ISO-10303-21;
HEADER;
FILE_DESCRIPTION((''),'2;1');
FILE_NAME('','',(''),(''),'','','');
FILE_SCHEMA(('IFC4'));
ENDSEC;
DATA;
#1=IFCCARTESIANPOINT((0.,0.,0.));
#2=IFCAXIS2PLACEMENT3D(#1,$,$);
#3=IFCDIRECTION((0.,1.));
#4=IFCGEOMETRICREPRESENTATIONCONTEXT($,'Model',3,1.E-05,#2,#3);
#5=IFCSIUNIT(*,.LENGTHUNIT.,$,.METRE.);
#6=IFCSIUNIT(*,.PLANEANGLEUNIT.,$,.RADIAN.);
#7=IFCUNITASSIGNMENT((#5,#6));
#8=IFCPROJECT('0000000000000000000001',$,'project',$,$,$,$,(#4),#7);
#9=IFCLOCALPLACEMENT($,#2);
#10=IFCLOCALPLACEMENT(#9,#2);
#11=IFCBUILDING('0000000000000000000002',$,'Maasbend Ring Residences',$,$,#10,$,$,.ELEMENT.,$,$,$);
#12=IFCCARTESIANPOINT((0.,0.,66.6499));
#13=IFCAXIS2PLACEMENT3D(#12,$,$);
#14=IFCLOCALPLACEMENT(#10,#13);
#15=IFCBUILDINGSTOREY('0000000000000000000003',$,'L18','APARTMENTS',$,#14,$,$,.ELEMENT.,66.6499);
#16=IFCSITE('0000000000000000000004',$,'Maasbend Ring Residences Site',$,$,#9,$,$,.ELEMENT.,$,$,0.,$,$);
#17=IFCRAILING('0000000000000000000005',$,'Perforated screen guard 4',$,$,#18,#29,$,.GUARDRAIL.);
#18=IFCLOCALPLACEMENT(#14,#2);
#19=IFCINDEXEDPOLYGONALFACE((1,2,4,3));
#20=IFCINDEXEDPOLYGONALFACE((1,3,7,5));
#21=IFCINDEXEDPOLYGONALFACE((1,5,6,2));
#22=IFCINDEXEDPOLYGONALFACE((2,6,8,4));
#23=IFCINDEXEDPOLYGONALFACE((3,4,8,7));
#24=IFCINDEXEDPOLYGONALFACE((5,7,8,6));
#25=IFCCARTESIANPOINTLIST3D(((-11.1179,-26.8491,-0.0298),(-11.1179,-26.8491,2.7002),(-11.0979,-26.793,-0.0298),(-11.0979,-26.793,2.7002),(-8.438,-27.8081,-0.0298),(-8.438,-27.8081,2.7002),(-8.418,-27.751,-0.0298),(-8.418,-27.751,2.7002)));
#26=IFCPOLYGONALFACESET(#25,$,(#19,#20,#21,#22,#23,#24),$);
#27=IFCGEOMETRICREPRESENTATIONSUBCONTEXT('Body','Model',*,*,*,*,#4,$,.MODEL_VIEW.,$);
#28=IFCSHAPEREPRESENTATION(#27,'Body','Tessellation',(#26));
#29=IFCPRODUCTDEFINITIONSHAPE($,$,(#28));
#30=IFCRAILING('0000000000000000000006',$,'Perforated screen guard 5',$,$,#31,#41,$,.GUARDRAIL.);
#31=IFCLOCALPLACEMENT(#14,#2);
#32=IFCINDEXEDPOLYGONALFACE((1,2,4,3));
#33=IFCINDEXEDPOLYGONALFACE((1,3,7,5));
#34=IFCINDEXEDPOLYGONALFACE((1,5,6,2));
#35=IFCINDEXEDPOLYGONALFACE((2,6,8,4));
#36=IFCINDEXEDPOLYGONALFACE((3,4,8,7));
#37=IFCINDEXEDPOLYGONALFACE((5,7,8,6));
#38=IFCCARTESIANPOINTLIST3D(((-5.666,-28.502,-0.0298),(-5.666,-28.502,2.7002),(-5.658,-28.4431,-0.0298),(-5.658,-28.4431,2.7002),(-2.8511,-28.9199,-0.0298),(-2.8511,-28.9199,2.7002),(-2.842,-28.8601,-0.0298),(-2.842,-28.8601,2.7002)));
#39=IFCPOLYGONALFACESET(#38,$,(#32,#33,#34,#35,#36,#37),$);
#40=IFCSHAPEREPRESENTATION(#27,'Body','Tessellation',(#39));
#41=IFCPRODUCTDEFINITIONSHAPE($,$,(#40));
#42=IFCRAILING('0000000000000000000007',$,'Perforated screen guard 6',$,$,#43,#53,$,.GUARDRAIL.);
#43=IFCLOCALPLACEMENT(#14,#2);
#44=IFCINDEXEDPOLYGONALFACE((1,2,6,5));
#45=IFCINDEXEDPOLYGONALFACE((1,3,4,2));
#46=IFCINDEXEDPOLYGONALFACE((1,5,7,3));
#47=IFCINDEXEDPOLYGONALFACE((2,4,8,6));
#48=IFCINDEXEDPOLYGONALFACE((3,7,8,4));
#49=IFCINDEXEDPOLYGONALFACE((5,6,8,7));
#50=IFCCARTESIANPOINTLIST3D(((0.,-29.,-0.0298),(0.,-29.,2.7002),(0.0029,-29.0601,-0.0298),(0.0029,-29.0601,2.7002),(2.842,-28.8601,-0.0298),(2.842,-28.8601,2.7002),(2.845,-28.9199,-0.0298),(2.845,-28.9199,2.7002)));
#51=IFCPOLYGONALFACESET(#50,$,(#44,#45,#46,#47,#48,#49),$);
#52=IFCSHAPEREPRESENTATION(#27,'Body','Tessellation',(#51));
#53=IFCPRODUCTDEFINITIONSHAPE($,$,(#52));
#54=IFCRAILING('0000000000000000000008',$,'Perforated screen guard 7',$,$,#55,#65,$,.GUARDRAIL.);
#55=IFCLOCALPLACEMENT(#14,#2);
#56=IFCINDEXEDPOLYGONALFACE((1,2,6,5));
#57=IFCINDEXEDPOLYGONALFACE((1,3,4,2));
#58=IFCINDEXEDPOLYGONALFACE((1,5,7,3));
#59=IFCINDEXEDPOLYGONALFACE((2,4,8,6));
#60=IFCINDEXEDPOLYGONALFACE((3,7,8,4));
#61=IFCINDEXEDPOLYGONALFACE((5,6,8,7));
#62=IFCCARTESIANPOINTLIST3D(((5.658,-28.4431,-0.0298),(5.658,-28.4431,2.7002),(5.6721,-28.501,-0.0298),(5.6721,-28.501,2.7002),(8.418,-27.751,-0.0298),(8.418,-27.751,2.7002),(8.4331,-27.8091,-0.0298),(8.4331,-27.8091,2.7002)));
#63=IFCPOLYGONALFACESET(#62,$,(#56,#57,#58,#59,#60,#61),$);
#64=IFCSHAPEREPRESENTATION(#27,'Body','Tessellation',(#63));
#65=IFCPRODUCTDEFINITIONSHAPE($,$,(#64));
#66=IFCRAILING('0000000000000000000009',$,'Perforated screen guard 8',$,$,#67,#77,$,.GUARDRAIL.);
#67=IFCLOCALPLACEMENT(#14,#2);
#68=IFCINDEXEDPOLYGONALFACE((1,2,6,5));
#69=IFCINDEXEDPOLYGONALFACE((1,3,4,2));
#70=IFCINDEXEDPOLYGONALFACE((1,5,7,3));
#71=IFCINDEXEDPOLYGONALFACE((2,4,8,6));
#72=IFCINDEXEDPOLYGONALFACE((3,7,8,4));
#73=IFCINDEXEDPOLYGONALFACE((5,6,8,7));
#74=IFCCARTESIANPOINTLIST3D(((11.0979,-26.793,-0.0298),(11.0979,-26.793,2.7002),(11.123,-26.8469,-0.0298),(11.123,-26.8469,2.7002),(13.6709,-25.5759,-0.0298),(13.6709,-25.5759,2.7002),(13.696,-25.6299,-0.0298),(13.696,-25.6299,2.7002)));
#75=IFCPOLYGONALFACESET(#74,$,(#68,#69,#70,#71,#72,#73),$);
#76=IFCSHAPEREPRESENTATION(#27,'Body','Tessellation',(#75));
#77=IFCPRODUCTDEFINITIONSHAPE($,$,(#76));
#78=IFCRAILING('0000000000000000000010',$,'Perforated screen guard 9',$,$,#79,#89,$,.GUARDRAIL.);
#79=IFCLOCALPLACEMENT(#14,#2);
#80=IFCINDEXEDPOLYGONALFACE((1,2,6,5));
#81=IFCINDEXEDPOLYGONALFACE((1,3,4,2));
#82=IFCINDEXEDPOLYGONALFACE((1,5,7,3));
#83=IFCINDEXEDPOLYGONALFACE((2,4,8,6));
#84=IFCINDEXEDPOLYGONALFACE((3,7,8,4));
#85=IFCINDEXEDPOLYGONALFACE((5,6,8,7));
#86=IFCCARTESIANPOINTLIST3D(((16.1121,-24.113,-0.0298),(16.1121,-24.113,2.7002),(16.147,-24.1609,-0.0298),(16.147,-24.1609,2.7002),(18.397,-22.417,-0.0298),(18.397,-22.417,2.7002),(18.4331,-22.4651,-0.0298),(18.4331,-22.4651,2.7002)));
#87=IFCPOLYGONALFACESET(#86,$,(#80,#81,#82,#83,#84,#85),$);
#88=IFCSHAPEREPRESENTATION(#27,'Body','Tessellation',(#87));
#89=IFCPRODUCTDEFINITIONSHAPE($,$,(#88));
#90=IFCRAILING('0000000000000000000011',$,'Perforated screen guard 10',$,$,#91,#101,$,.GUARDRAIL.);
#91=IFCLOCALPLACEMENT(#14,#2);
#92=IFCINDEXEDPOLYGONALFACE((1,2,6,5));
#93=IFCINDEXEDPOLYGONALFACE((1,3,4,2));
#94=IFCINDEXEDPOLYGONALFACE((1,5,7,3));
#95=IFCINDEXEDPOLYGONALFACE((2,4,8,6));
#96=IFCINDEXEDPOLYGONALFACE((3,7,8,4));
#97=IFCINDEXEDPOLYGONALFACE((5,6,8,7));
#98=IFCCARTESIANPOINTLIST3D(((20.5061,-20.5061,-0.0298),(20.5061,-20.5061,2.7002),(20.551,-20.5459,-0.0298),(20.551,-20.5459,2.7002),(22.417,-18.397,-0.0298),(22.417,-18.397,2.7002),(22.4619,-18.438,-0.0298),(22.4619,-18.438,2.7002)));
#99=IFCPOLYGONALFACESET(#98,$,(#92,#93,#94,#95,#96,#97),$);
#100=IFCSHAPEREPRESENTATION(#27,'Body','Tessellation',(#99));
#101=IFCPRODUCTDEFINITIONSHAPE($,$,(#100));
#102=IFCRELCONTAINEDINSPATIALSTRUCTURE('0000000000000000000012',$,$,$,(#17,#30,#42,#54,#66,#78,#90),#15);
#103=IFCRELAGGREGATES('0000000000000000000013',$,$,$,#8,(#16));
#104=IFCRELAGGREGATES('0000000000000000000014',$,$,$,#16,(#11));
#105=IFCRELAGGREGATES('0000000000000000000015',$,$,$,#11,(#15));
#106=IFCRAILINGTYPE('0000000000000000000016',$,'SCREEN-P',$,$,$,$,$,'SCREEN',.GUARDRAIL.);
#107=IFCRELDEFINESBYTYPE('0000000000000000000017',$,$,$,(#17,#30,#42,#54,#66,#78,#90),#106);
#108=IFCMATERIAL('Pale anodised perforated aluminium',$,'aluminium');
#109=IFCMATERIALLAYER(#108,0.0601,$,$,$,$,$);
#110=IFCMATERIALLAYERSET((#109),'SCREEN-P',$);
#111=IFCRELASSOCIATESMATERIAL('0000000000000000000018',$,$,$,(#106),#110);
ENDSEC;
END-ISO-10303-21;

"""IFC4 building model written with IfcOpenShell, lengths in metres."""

from ifc_helpers import new_model, si_unit, direction, frame, origin, place, context, subcontext, project, spatial, polyline, outline, extrude, material, layer, layer_set, type_object, element, save


model = new_model("IFC4")

# Units and contexts
model_context = context("Model", 3, precision=1e-05, world=origin(), true_north=direction((0.0, 1.0)))
body_context = subcontext(model_context, "Body", "Model", "MODEL_VIEW")
ifc_project = project(units=[si_unit("LENGTHUNIT", "METRE"), si_unit("PLANEANGLEUNIT", "RADIAN")], contexts=[model_context])

# Site, building, storey
site_placement = place(None, origin())
site = spatial("IfcSite", under=ifc_project, at=site_placement, Name="Maasbend Ring Residences Site", CompositionType="ELEMENT", RefElevation=0.0)
building_placement = place(site_placement, origin())
building = spatial("IfcBuilding", under=site, at=building_placement, Name="Maasbend Ring Residences", CompositionType="ELEMENT")
storey_placement = place(building_placement, frame((0.0, 0.0, 66.6499)))
storey = spatial("IfcBuildingStorey", under=building, at=storey_placement, Name="L18", Description="APARTMENTS", CompositionType="ELEMENT", Elevation=66.6499)

# Railings
ifc_material_1 = material(Name="Pale anodised perforated aluminium", Category="aluminium")
ifc_layer_1 = layer(ifc_material_1, 0.0601)
ifc_layer_set_1 = layer_set([ifc_layer_1], Name="SCREEN-P")
railing_type = type_object("IfcRailingType", Name="SCREEN-P", ElementType="SCREEN", PredefinedType="GUARDRAIL", material=ifc_layer_set_1)
railing_1_placement = place(storey_placement, frame((0.0, 0.0, -0.0298)))
element("IfcRailing", 1, at=railing_1_placement, inside=storey, type_object=railing_type, Name="Perforated screen guard 4", PredefinedType="GUARDRAIL", context=body_context, shape_type="SweptSolid", body=[
    extrude(outline(polyline([(-11.0979, -26.793), (-8.418, -27.751), (-8.438, -27.8081), (-11.1179, -26.8491), (-11.0979, -26.793)])), origin(), (0.0, 0.0, 1.0), 2.73),
])
railing_2_placement = place(storey_placement, frame((0.0, 0.0, -0.0298)))
element("IfcRailing", 2, at=railing_2_placement, inside=storey, type_object=railing_type, Name="Perforated screen guard 5", PredefinedType="GUARDRAIL", context=body_context, shape_type="SweptSolid", body=[
    extrude(outline(polyline([(-5.658, -28.4431), (-2.842, -28.8601), (-2.8511, -28.9199), (-5.666, -28.502), (-5.658, -28.4431)])), origin(), (0.0, 0.0, 1.0), 2.73),
])
railing_3_placement = place(storey_placement, frame((0.0, 0.0, -0.0298)))
element("IfcRailing", 3, at=railing_3_placement, inside=storey, type_object=railing_type, Name="Perforated screen guard 6", PredefinedType="GUARDRAIL", context=body_context, shape_type="SweptSolid", body=[
    extrude(outline(polyline([(0.0, -29.0), (2.842, -28.8601), (2.845, -28.9199), (0.0029, -29.0601), (0.0, -29.0)])), origin(), (0.0, 0.0, 1.0), 2.73),
])
railing_4_placement = place(storey_placement, frame((0.0, 0.0, -0.0298)))
element("IfcRailing", 4, at=railing_4_placement, inside=storey, type_object=railing_type, Name="Perforated screen guard 7", PredefinedType="GUARDRAIL", context=body_context, shape_type="SweptSolid", body=[
    extrude(outline(polyline([(5.658, -28.4431), (8.418, -27.751), (8.4331, -27.8091), (5.6721, -28.501), (5.658, -28.4431)])), origin(), (0.0, 0.0, 1.0), 2.73),
])
railing_5_placement = place(storey_placement, frame((0.0, 0.0, -0.0298)))
element("IfcRailing", 5, at=railing_5_placement, inside=storey, type_object=railing_type, Name="Perforated screen guard 8", PredefinedType="GUARDRAIL", context=body_context, shape_type="SweptSolid", body=[
    extrude(outline(polyline([(11.0979, -26.793), (13.6709, -25.5759), (13.696, -25.6299), (11.123, -26.8469), (11.0979, -26.793)])), origin(), (0.0, 0.0, 1.0), 2.73),
])
railing_6_placement = place(storey_placement, frame((0.0, 0.0, -0.0298)))
element("IfcRailing", 6, at=railing_6_placement, inside=storey, type_object=railing_type, Name="Perforated screen guard 9", PredefinedType="GUARDRAIL", context=body_context, shape_type="SweptSolid", body=[
    extrude(outline(polyline([(16.1121, -24.113), (18.397, -22.417), (18.4331, -22.4651), (16.147, -24.1609), (16.1121, -24.113)])), origin(), (0.0, 0.0, 1.0), 2.73),
])
railing_7_placement = place(storey_placement, frame((0.0, 0.0, -0.0298)))
element("IfcRailing", 7, at=railing_7_placement, inside=storey, type_object=railing_type, Name="Perforated screen guard 10", PredefinedType="GUARDRAIL", context=body_context, shape_type="SweptSolid", body=[
    extrude(outline(polyline([(20.5061, -20.5061), (22.417, -18.397), (22.4619, -18.438), (20.551, -20.5459), (20.5061, -20.5061)])), origin(), (0.0, 0.0, 1.0), 2.73),
])

save(model, "model.ifc")
